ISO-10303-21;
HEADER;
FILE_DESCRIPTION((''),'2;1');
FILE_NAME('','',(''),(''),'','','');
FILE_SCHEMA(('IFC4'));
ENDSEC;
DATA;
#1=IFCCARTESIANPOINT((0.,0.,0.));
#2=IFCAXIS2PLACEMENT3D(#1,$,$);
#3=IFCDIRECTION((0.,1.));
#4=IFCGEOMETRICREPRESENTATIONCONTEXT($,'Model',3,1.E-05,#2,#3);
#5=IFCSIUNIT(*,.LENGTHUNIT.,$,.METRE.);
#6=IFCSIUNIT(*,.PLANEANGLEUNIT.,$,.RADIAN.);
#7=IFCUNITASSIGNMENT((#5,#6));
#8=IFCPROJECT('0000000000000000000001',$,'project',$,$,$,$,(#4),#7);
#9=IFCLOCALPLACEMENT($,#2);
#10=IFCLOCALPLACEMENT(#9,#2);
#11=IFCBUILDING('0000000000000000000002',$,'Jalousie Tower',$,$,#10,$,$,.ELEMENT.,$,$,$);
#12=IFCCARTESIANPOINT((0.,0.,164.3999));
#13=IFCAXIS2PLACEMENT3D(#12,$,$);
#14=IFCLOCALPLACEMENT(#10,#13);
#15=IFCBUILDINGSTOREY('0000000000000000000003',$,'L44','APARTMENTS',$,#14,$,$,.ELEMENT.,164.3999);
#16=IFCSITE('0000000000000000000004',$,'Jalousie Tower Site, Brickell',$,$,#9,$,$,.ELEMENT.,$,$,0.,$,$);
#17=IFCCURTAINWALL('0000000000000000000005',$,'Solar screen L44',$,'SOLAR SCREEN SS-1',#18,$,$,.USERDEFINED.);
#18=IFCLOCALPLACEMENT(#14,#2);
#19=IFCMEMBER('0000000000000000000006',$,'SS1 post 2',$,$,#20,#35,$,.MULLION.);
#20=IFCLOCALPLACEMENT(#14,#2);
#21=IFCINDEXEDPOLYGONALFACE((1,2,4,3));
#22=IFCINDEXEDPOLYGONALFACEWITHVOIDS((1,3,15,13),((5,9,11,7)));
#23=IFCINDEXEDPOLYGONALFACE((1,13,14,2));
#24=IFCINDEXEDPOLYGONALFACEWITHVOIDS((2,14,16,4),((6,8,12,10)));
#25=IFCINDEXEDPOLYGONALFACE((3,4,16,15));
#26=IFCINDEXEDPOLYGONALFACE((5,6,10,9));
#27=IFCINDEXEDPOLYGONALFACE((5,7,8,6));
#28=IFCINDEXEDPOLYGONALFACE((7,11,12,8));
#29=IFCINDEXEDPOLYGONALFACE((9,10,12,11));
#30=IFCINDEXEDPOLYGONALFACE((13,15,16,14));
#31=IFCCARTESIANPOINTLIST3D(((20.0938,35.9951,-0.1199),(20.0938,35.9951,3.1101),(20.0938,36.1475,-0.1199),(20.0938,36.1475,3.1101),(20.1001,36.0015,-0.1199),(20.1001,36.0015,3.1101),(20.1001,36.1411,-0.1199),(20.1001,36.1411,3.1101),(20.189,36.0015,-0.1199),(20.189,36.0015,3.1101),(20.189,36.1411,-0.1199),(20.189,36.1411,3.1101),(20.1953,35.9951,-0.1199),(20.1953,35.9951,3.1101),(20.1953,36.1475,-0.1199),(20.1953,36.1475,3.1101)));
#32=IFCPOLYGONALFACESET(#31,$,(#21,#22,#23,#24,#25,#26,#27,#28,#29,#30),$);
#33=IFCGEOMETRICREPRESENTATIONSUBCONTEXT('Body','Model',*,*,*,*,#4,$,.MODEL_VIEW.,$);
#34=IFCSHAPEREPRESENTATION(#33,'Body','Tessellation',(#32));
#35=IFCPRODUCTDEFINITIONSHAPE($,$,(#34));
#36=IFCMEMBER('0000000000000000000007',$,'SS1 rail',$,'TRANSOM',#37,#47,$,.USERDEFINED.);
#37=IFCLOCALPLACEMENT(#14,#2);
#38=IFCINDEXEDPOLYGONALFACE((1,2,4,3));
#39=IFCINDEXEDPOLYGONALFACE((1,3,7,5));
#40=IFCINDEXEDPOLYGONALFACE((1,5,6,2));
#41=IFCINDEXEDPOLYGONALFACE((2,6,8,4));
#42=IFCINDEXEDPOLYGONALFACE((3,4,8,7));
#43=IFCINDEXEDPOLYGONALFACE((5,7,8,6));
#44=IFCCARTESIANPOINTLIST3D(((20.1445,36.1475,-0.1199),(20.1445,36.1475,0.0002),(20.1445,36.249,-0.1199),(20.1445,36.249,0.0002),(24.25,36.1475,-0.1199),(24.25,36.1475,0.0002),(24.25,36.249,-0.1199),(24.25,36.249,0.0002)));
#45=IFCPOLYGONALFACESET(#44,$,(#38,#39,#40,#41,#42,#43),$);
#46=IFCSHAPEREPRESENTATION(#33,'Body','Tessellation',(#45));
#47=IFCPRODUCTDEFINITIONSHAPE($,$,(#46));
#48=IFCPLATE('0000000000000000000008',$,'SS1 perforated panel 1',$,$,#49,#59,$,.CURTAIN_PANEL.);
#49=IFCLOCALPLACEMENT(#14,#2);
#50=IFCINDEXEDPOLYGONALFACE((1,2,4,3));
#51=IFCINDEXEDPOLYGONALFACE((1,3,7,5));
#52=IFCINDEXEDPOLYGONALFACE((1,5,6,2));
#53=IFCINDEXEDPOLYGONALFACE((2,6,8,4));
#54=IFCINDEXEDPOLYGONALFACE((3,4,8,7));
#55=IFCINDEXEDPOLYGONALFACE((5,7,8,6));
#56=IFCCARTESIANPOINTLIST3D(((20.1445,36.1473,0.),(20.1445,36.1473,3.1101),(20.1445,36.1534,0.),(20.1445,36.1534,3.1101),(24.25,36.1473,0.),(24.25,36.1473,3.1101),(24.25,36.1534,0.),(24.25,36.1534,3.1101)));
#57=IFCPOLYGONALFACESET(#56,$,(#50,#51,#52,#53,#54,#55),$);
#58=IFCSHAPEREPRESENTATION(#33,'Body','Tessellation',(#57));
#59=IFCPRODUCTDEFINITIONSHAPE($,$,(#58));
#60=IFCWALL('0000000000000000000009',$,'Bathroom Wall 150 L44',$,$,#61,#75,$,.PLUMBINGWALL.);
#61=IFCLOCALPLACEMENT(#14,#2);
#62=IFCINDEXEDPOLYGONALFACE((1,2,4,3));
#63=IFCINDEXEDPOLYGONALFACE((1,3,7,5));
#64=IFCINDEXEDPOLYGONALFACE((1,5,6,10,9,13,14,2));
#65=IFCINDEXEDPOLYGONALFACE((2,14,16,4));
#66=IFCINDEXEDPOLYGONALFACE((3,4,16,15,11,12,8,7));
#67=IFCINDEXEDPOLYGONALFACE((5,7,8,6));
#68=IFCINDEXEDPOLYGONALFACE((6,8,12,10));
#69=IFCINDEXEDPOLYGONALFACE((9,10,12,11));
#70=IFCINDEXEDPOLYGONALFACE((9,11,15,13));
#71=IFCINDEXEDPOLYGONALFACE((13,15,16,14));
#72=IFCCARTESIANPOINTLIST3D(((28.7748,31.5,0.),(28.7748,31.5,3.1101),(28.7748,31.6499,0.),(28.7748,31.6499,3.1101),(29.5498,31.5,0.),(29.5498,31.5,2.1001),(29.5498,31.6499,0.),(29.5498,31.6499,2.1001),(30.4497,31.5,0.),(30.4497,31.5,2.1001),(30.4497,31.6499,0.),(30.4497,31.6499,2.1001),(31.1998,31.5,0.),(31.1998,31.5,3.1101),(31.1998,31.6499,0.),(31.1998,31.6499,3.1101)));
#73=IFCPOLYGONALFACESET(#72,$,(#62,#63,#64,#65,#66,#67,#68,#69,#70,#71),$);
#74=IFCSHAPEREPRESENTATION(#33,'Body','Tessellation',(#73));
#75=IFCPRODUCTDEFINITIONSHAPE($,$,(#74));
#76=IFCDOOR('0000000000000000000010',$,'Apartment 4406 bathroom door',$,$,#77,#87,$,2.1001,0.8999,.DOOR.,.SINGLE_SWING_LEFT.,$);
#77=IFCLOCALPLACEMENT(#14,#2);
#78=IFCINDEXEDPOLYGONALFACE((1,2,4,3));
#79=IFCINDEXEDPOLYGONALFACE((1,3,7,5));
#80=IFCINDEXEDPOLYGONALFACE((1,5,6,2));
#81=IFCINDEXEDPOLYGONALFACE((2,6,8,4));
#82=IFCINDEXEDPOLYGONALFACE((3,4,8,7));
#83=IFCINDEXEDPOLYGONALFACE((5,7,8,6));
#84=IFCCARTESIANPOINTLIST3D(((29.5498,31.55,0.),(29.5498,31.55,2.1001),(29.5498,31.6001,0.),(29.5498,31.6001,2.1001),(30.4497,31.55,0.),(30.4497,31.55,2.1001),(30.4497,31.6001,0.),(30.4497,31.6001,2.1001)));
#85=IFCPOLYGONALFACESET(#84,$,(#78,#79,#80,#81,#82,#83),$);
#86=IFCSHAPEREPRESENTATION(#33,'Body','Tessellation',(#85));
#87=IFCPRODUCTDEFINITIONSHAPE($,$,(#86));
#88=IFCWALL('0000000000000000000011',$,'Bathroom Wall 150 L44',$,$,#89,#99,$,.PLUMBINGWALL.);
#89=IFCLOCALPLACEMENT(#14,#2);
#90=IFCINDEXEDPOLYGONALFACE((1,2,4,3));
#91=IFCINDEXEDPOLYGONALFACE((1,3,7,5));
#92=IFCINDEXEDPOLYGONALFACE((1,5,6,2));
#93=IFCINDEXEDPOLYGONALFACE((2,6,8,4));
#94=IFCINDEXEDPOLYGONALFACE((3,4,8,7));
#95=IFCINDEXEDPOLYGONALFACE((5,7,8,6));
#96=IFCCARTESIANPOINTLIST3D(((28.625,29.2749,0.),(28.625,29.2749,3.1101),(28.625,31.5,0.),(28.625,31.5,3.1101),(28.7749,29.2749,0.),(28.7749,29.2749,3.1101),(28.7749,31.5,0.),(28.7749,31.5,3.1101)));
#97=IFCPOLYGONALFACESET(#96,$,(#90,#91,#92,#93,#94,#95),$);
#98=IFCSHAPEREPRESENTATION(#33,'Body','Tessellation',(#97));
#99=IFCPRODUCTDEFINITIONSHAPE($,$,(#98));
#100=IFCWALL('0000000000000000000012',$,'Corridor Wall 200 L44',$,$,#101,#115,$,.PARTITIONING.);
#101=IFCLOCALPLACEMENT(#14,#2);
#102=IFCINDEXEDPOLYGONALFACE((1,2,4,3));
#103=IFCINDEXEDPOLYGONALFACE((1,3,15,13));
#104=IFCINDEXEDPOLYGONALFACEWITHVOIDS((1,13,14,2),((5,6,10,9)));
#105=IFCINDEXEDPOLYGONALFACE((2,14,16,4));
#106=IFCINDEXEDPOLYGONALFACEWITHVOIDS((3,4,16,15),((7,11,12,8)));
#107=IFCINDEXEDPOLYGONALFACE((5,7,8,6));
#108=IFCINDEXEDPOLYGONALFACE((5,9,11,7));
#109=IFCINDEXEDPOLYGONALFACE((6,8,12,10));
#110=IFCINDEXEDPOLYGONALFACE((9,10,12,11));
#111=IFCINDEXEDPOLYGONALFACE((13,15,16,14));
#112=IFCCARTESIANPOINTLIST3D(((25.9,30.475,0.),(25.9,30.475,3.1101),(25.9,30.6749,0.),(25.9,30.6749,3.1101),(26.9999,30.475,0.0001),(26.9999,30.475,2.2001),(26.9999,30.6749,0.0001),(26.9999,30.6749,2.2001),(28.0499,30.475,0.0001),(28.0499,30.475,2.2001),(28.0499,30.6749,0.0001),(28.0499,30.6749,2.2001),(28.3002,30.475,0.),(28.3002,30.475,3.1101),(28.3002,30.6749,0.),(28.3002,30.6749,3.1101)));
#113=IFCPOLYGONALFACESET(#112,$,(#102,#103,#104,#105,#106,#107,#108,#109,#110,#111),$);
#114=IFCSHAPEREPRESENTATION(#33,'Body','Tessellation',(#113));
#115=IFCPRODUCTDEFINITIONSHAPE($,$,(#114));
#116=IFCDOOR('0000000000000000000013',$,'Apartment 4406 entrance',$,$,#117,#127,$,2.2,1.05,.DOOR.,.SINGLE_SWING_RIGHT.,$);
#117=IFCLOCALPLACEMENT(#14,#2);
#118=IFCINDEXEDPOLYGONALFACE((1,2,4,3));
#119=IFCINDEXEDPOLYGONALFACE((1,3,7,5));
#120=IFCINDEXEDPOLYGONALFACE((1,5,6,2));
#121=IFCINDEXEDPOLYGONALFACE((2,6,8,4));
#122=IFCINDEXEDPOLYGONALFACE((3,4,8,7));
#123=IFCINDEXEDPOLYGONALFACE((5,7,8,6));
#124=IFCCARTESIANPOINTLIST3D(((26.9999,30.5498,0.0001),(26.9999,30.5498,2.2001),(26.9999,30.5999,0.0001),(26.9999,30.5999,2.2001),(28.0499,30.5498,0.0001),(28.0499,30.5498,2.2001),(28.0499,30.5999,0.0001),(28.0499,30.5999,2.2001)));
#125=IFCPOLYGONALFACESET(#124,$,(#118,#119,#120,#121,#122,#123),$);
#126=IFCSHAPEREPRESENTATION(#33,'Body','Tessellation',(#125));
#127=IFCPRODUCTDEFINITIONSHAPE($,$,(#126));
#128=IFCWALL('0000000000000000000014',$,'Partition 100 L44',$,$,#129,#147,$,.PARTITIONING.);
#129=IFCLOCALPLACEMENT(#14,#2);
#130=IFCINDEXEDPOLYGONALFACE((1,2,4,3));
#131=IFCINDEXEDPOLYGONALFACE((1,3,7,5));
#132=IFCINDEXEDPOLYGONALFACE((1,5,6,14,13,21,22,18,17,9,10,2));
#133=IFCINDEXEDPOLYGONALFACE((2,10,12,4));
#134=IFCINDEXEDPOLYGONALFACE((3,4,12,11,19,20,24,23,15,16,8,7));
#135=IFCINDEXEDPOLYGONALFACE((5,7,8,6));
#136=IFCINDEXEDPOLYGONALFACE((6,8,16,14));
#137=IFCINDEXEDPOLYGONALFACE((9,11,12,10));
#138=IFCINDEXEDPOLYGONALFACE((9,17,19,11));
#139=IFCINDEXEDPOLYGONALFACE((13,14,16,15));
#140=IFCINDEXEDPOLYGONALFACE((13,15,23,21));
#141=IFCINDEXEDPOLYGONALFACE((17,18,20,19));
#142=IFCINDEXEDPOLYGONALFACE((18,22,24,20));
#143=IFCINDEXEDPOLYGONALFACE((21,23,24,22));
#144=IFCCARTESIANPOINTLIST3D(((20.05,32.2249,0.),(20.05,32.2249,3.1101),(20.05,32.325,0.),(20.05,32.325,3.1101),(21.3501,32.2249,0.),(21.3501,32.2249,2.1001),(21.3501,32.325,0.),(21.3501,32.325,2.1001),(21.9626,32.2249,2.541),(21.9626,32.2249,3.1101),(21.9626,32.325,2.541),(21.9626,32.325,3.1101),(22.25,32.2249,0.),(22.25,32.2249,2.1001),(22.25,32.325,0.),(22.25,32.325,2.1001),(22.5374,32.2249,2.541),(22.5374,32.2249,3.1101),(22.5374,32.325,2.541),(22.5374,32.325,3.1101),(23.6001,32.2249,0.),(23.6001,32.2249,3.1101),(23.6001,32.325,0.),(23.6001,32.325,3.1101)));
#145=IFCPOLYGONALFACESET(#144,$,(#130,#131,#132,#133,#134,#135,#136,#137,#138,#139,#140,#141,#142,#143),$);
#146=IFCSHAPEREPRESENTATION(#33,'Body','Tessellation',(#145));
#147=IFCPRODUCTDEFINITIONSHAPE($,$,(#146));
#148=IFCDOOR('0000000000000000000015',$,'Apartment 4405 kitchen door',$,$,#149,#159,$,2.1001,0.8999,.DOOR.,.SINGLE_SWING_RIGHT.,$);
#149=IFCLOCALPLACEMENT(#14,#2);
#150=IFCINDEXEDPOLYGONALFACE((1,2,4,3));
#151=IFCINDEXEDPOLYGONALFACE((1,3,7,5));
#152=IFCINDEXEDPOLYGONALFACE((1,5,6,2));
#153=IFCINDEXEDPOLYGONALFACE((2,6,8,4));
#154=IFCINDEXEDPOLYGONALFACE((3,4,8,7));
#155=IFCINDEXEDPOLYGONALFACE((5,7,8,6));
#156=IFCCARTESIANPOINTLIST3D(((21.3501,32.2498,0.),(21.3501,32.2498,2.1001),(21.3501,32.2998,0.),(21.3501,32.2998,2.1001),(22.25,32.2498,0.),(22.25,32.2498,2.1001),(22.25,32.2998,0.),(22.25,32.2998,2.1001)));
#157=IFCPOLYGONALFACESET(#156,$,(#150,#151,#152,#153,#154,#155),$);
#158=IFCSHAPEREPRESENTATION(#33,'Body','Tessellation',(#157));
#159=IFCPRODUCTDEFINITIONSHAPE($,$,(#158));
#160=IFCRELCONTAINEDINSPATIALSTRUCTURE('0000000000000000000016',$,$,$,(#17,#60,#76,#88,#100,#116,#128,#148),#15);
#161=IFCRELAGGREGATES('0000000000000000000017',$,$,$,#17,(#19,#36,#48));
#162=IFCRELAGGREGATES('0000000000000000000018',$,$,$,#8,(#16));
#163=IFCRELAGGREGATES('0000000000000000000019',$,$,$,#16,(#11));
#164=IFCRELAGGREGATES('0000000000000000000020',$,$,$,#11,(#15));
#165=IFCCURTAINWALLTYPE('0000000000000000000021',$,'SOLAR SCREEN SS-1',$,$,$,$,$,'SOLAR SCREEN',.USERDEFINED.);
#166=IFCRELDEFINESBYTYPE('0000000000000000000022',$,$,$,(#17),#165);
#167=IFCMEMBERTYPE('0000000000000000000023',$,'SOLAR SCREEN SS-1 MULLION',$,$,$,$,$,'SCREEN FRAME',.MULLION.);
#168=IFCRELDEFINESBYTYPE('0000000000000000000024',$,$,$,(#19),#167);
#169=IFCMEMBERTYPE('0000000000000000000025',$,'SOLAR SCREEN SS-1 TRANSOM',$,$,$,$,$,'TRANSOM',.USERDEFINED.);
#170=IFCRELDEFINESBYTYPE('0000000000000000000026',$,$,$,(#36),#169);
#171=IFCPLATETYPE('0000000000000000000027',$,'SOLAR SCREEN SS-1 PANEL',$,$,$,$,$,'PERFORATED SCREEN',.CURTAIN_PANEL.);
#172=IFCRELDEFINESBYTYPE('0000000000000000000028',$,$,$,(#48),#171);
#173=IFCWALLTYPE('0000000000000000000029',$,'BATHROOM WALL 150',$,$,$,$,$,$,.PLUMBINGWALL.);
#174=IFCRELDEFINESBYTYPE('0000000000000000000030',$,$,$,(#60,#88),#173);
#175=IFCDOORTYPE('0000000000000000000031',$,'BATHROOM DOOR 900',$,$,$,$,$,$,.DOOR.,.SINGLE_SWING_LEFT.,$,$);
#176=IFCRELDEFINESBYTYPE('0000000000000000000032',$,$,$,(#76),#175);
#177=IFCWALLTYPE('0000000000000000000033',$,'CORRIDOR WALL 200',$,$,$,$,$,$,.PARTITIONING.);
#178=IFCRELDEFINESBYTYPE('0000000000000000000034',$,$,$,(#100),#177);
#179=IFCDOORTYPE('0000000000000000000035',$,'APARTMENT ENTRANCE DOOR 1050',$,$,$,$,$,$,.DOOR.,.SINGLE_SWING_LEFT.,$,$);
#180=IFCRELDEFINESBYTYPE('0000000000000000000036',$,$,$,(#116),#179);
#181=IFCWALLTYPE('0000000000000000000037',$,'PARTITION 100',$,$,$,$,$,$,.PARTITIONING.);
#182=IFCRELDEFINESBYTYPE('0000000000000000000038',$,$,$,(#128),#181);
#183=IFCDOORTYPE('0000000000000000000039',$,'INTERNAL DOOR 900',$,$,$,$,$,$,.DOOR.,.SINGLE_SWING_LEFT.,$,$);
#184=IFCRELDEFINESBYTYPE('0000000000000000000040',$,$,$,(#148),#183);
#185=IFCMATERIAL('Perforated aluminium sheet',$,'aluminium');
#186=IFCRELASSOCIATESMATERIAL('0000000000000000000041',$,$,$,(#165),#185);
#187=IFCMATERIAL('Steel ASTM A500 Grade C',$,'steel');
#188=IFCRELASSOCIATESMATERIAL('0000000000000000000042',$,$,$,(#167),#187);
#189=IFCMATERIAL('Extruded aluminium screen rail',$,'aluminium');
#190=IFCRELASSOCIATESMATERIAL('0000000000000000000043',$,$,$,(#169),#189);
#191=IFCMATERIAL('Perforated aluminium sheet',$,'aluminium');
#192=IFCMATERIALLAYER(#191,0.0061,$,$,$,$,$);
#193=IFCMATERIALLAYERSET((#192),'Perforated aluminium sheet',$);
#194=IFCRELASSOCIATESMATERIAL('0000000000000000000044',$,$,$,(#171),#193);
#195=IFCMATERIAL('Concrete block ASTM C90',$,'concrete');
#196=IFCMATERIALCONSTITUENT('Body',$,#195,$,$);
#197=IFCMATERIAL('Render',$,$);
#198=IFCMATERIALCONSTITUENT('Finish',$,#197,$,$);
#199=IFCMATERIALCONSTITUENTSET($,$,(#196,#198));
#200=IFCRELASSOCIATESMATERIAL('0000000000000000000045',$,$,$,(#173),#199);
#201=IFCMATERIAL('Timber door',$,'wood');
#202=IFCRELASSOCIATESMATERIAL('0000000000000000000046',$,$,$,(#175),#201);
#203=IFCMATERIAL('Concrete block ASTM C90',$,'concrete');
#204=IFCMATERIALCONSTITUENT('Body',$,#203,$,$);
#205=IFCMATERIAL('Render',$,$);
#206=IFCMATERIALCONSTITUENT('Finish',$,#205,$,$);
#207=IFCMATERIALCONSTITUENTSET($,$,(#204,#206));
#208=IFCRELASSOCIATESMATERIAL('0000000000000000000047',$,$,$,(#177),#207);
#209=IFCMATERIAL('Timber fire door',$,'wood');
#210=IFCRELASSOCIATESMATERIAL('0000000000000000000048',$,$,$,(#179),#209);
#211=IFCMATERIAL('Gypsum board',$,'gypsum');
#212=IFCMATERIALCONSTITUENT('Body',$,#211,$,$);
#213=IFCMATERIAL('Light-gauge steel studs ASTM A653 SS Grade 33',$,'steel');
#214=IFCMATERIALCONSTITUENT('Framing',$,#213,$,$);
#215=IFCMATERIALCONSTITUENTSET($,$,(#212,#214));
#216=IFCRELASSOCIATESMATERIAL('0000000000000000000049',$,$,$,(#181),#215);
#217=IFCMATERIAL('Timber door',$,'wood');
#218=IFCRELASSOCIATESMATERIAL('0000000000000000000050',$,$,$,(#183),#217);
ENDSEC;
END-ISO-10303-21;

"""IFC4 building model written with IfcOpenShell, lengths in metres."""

from ifc_helpers import new_model, si_unit, direction, frame, frame_2d, origin, origin_2d, place, context, subcontext, project, spatial, polyline, rectangle, hollow_rectangle, outline, extrude, material, layer, layer_set, constituent, constituent_set, material_profile, profile_set, type_object, element, fill, aggregate, save


model = new_model("IFC4")

# Units and contexts
model_context = context("Model", 3, precision=1e-05, world=origin(), true_north=direction((0.0, 1.0)))
body_context = subcontext(model_context, "Body", "Model", "MODEL_VIEW")
ifc_project = project(units=[si_unit("LENGTHUNIT", "METRE"), si_unit("PLANEANGLEUNIT", "RADIAN")], contexts=[model_context])

# Site, building, storey
site_placement = place(None, origin())
site = spatial("IfcSite", under=ifc_project, at=site_placement, Name="Jalousie Tower Site, Brickell", CompositionType="ELEMENT", RefElevation=0.0)
building_placement = place(site_placement, origin())
building = spatial("IfcBuilding", under=site, at=building_placement, Name="Jalousie Tower", CompositionType="ELEMENT")
storey_placement = place(building_placement, frame((0.0, 0.0, 164.3999)))
storey = spatial("IfcBuildingStorey", under=building, at=storey_placement, Name="L44", Description="APARTMENTS", CompositionType="ELEMENT", Elevation=164.3999)

# Shared definitions
ifc_material_1 = material(Name="Perforated aluminium sheet", Category="aluminium")
curtain_wall_type = type_object("IfcCurtainWallType", Name="SOLAR SCREEN SS-1", ElementType="SOLAR SCREEN", PredefinedType="USERDEFINED", material=ifc_material_1)
ifc_material_2 = material(Name="Steel ASTM A500 Grade C", Category="steel")
ifc_material_profile_1 = material_profile(ifc_material_2, hollow_rectangle(XDim=0.1016, YDim=0.1523, WallThickness=0.0063, at=origin_2d()), Name="HSS6X4X1/4")
ifc_profile_set_1 = profile_set([ifc_material_profile_1], Name="Steel ASTM A500 Grade C")
member_type_1 = type_object("IfcMemberType", Name="SOLAR SCREEN SS-1 MULLION", ElementType="SCREEN FRAME", PredefinedType="MULLION", material=ifc_profile_set_1)

# Curtain wall, members, plate
curtain_wall_1_placement = place(storey_placement, origin())
curtain_wall_1 = element("IfcCurtainWall", 1, at=curtain_wall_1_placement, inside=storey, type_object=curtain_wall_type, Name="Solar screen L44", ObjectType="SOLAR SCREEN SS-1", PredefinedType="USERDEFINED")
member_1_placement = place(storey_placement, frame((20.1445, 36.0713, -0.1199), z_axis=(0.0, 0.0, 1.0), x_axis=(-1.0, 0.0, 0.0)))
member_1 = element("IfcMember", 2, at=member_1_placement, type_object=member_type_1, Name="SS1 post 2", PredefinedType="MULLION", context=body_context, shape_type="SweptSolid", body=[
    extrude(hollow_rectangle(XDim=0.1016, YDim=0.1523, WallThickness=0.0063, at=origin_2d()), origin(), (0.0, 0.0, 1.0), 3.23),
])
ifc_material_3 = material(Name="Extruded aluminium screen rail", Category="aluminium")
ifc_material_profile_2 = material_profile(ifc_material_3, rectangle(XDim=0.1016, YDim=0.1201, at=origin_2d()), Name="RAIL 102x120")
ifc_profile_set_2 = profile_set([ifc_material_profile_2], Name="Extruded aluminium screen rail")
member_type_2 = type_object("IfcMemberType", Name="SOLAR SCREEN SS-1 TRANSOM", ElementType="TRANSOM", PredefinedType="USERDEFINED", material=ifc_profile_set_2)
member_2_placement = place(storey_placement, frame((24.25, 36.1982, -0.0598), z_axis=(-1.0, 0.0, 0.0), x_axis=(0.0, -1.0, 0.0)))
member_2 = element("IfcMember", 3, at=member_2_placement, type_object=member_type_2, Name="SS1 rail", ObjectType="TRANSOM", PredefinedType="USERDEFINED", context=body_context, shape_type="SweptSolid", body=[
    extrude(rectangle(XDim=0.1016, YDim=0.1201, at=origin_2d()), origin(), (0.0, 0.0, 1.0), 4.1055),
])
ifc_material_4 = material(Name="Perforated aluminium sheet", Category="aluminium")
ifc_layer_1 = layer(ifc_material_4, 0.0061)
ifc_layer_set_1 = layer_set([ifc_layer_1], Name="Perforated aluminium sheet")
plate_type = type_object("IfcPlateType", Name="SOLAR SCREEN SS-1 PANEL", ElementType="PERFORATED SCREEN", PredefinedType="CURTAIN_PANEL", material=ifc_layer_set_1)
plate_placement = place(storey_placement, frame((22.1973, 36.1504, 0.0), z_axis=(0.0, 0.0, 1.0), x_axis=(-1.0, 0.0, 0.0)))
plate = element("IfcPlate", 4, at=plate_placement, type_object=plate_type, Name="SS1 perforated panel 1", PredefinedType="CURTAIN_PANEL", context=body_context, shape_type="SweptSolid", body=[
    extrude(rectangle(XDim=4.1055, YDim=0.0061, at=origin_2d()), origin(), (0.0, 0.0, 1.0), 3.1101),
])
aggregate(curtain_wall_1, [member_1, member_2, plate])

# Wall, opening, door
ifc_material_5 = material(Name="Concrete block ASTM C90", Category="concrete")
ifc_constituent_1 = constituent(ifc_material_5, Name="Body")
ifc_material_6 = material(Name="Render")
ifc_constituent_2 = constituent(ifc_material_6, Name="Finish")
ifc_constituent_set_1 = constituent_set(constituents=[ifc_constituent_1, ifc_constituent_2])
wall_type_1 = type_object("IfcWallType", Name="BATHROOM WALL 150", PredefinedType="PLUMBINGWALL", material=ifc_constituent_set_1)
wall_1_placement = place(storey_placement, frame((28.7749, 31.575, 0.0), z_axis=(0.0, 0.0, 1.0), x_axis=(1.0, 0.0, 0.0)))
wall_1 = element("IfcWall", 5, at=wall_1_placement, inside=storey, type_object=wall_type_1, Name="Bathroom Wall 150 L44", PredefinedType="PLUMBINGWALL", context=body_context, shape_type="SweptSolid", body=[
    extrude(rectangle(XDim=2.425, YDim=0.1499, at=frame_2d((1.2124, 0.0))), origin(), (0.0, 0.0, 1.0), 3.1101),
])
opening_1_placement = place(wall_1_placement, frame((0.7749, 0.0, 0.0)))
opening_1 = element("IfcOpeningElement", 6, at=opening_1_placement, cuts=wall_1, PredefinedType="OPENING", context=body_context, shape_type="SweptSolid", body=[
    extrude(rectangle(XDim=0.8999, YDim=2.1001, at=frame_2d((0.45, 1.05))), frame((0.0, 0.085, 0.0), z_axis=(0.0, -1.0, 0.0), x_axis=(1.0, 0.0, 0.0)), (0.0, 0.0, 1.0), 0.1699),
])
ifc_material_7 = material(Name="Timber door", Category="wood")
door_type_1 = type_object("IfcDoorType", Name="BATHROOM DOOR 900", OperationType="SINGLE_SWING_LEFT", PredefinedType="DOOR", material=ifc_material_7)
door_1_placement = place(opening_1_placement, frame((0.8999, 0.0, 0.0), z_axis=(0.0, 0.0, 1.0), x_axis=(-1.0, 0.0, 0.0)))
door_1 = element("IfcDoor", 7, at=door_1_placement, inside=storey, type_object=door_type_1, Name="Apartment 4406 bathroom door", OperationType="SINGLE_SWING_LEFT", OverallHeight=2.1001, OverallWidth=0.8999, PredefinedType="DOOR", context=body_context, shape_type="SweptSolid", body=[
    extrude(rectangle(XDim=0.8999, YDim=2.1001, at=frame_2d((0.45, 1.05))), frame((0.0, 0.0249, 0.0), z_axis=(0.0, -1.0, 0.0), x_axis=(1.0, 0.0, 0.0)), (0.0, 0.0, 1.0), 0.05),
])
fill(opening_1, door_1)

# Wall
wall_2_placement = place(storey_placement, frame((28.7, 31.5, 0.0), z_axis=(0.0, 0.0, 1.0), x_axis=(0.0, -1.0, 0.0)))
element("IfcWall", 8, at=wall_2_placement, inside=storey, type_object=wall_type_1, Name="Bathroom Wall 150 L44", PredefinedType="PLUMBINGWALL", context=body_context, shape_type="SweptSolid", body=[
    extrude(rectangle(XDim=2.2251, YDim=0.1499, at=frame_2d((1.1125, 0.0))), origin(), (0.0, 0.0, 1.0), 3.1101),
])

# Walls, openings, doors
ifc_material_8 = material(Name="Concrete block ASTM C90", Category="concrete")
ifc_constituent_3 = constituent(ifc_material_8, Name="Body")
ifc_material_9 = material(Name="Render")
ifc_constituent_4 = constituent(ifc_material_9, Name="Finish")
ifc_constituent_set_2 = constituent_set(constituents=[ifc_constituent_3, ifc_constituent_4])
wall_type_2 = type_object("IfcWallType", Name="CORRIDOR WALL 200", PredefinedType="PARTITIONING", material=ifc_constituent_set_2)
wall_3_placement = place(storey_placement, frame((25.8999, 30.575, 0.0), z_axis=(0.0, 0.0, 1.0), x_axis=(1.0, 0.0, 0.0)))
wall_3 = element("IfcWall", 9, at=wall_3_placement, inside=storey, type_object=wall_type_2, Name="Corridor Wall 200 L44", PredefinedType="PARTITIONING", context=body_context, shape_type="SweptSolid", body=[
    extrude(rectangle(XDim=2.4001, YDim=0.2, at=frame_2d((1.2002, 0.0))), origin(), (0.0, 0.0, 1.0), 3.1101),
])
opening_2_placement = place(wall_3_placement, frame((1.1001, 0.0, 0.0)))
opening_2 = element("IfcOpeningElement", 10, at=opening_2_placement, cuts=wall_3, PredefinedType="OPENING", context=body_context, shape_type="SweptSolid", body=[
    extrude(rectangle(XDim=1.05, YDim=2.2, at=frame_2d((0.5249, 1.1001))), frame((0.0, 0.1099, 0.0), z_axis=(0.0, -1.0, 0.0), x_axis=(1.0, 0.0, 0.0)), (0.0, 0.0, 1.0), 0.22),
])
ifc_material_10 = material(Name="Timber fire door", Category="wood")
door_type_2 = type_object("IfcDoorType", Name="APARTMENT ENTRANCE DOOR 1050", OperationType="SINGLE_SWING_LEFT", PredefinedType="DOOR", material=ifc_material_10)
door_2_placement = place(opening_2_placement, origin())
door_2 = element("IfcDoor", 11, at=door_2_placement, inside=storey, type_object=door_type_2, Name="Apartment 4406 entrance", OperationType="SINGLE_SWING_RIGHT", OverallHeight=2.2, OverallWidth=1.05, PredefinedType="DOOR", context=body_context, shape_type="SweptSolid", body=[
    extrude(rectangle(XDim=1.05, YDim=2.2, at=frame_2d((0.5249, 1.1001))), frame((0.0, 0.0249, 0.0), z_axis=(0.0, -1.0, 0.0), x_axis=(1.0, 0.0, 0.0)), (0.0, 0.0, 1.0), 0.05),
])
fill(opening_2, door_2)
ifc_material_11 = material(Name="Gypsum board", Category="gypsum")
ifc_constituent_5 = constituent(ifc_material_11, Name="Body")
ifc_material_12 = material(Name="Light-gauge steel studs ASTM A653 SS Grade 33", Category="steel")
ifc_constituent_6 = constituent(ifc_material_12, Name="Framing")
ifc_constituent_set_3 = constituent_set(constituents=[ifc_constituent_5, ifc_constituent_6])
wall_type_3 = type_object("IfcWallType", Name="PARTITION 100", PredefinedType="PARTITIONING", material=ifc_constituent_set_3)
wall_4_placement = place(storey_placement, frame((20.05, 32.2749, 0.0), z_axis=(0.0, 0.0, 1.0), x_axis=(1.0, 0.0, 0.0)))
wall_4 = element("IfcWall", 12, at=wall_4_placement, inside=storey, type_object=wall_type_3, Name="Partition 100 L44", PredefinedType="PARTITIONING", context=body_context, shape_type="SweptSolid", body=[
    extrude(outline(polyline([(0.0, 0.0), (3.55, 0.0), (3.55, 3.1101), (2.4873, 3.1101), (2.4873, 2.541), (1.9126, 2.541), (1.9126, 3.1101), (0.0, 3.1101), (0.0, 0.0)])), frame((0.0, 0.05, 0.0), z_axis=(0.0, -1.0, 0.0), x_axis=(1.0, 0.0, 0.0)), (0.0, 0.0, 1.0), 0.1001),
])
opening_3_placement = place(wall_4_placement, frame((1.3, 0.0, 0.0)))
opening_3 = element("IfcOpeningElement", 13, at=opening_3_placement, cuts=wall_4, PredefinedType="OPENING", context=body_context, shape_type="SweptSolid", body=[
    extrude(rectangle(XDim=0.8999, YDim=2.1001, at=frame_2d((0.45, 1.05))), frame((0.0, 0.0601, 0.0), z_axis=(0.0, -1.0, 0.0), x_axis=(1.0, 0.0, 0.0)), (0.0, 0.0, 1.0), 0.1201),
])
ifc_material_13 = material(Name="Timber door", Category="wood")
door_type_3 = type_object("IfcDoorType", Name="INTERNAL DOOR 900", OperationType="SINGLE_SWING_LEFT", PredefinedType="DOOR", material=ifc_material_13)
door_3_placement = place(opening_3_placement, origin())
door_3 = element("IfcDoor", 14, at=door_3_placement, inside=storey, type_object=door_type_3, Name="Apartment 4405 kitchen door", OperationType="SINGLE_SWING_RIGHT", OverallHeight=2.1001, OverallWidth=0.8999, PredefinedType="DOOR", context=body_context, shape_type="SweptSolid", body=[
    extrude(rectangle(XDim=0.8999, YDim=2.1001, at=frame_2d((0.45, 1.05))), frame((0.0, 0.0249, 0.0), z_axis=(0.0, -1.0, 0.0), x_axis=(1.0, 0.0, 0.0)), (0.0, 0.0, 1.0), 0.05),
])
fill(opening_3, door_3)

save(model, "model.ifc")
